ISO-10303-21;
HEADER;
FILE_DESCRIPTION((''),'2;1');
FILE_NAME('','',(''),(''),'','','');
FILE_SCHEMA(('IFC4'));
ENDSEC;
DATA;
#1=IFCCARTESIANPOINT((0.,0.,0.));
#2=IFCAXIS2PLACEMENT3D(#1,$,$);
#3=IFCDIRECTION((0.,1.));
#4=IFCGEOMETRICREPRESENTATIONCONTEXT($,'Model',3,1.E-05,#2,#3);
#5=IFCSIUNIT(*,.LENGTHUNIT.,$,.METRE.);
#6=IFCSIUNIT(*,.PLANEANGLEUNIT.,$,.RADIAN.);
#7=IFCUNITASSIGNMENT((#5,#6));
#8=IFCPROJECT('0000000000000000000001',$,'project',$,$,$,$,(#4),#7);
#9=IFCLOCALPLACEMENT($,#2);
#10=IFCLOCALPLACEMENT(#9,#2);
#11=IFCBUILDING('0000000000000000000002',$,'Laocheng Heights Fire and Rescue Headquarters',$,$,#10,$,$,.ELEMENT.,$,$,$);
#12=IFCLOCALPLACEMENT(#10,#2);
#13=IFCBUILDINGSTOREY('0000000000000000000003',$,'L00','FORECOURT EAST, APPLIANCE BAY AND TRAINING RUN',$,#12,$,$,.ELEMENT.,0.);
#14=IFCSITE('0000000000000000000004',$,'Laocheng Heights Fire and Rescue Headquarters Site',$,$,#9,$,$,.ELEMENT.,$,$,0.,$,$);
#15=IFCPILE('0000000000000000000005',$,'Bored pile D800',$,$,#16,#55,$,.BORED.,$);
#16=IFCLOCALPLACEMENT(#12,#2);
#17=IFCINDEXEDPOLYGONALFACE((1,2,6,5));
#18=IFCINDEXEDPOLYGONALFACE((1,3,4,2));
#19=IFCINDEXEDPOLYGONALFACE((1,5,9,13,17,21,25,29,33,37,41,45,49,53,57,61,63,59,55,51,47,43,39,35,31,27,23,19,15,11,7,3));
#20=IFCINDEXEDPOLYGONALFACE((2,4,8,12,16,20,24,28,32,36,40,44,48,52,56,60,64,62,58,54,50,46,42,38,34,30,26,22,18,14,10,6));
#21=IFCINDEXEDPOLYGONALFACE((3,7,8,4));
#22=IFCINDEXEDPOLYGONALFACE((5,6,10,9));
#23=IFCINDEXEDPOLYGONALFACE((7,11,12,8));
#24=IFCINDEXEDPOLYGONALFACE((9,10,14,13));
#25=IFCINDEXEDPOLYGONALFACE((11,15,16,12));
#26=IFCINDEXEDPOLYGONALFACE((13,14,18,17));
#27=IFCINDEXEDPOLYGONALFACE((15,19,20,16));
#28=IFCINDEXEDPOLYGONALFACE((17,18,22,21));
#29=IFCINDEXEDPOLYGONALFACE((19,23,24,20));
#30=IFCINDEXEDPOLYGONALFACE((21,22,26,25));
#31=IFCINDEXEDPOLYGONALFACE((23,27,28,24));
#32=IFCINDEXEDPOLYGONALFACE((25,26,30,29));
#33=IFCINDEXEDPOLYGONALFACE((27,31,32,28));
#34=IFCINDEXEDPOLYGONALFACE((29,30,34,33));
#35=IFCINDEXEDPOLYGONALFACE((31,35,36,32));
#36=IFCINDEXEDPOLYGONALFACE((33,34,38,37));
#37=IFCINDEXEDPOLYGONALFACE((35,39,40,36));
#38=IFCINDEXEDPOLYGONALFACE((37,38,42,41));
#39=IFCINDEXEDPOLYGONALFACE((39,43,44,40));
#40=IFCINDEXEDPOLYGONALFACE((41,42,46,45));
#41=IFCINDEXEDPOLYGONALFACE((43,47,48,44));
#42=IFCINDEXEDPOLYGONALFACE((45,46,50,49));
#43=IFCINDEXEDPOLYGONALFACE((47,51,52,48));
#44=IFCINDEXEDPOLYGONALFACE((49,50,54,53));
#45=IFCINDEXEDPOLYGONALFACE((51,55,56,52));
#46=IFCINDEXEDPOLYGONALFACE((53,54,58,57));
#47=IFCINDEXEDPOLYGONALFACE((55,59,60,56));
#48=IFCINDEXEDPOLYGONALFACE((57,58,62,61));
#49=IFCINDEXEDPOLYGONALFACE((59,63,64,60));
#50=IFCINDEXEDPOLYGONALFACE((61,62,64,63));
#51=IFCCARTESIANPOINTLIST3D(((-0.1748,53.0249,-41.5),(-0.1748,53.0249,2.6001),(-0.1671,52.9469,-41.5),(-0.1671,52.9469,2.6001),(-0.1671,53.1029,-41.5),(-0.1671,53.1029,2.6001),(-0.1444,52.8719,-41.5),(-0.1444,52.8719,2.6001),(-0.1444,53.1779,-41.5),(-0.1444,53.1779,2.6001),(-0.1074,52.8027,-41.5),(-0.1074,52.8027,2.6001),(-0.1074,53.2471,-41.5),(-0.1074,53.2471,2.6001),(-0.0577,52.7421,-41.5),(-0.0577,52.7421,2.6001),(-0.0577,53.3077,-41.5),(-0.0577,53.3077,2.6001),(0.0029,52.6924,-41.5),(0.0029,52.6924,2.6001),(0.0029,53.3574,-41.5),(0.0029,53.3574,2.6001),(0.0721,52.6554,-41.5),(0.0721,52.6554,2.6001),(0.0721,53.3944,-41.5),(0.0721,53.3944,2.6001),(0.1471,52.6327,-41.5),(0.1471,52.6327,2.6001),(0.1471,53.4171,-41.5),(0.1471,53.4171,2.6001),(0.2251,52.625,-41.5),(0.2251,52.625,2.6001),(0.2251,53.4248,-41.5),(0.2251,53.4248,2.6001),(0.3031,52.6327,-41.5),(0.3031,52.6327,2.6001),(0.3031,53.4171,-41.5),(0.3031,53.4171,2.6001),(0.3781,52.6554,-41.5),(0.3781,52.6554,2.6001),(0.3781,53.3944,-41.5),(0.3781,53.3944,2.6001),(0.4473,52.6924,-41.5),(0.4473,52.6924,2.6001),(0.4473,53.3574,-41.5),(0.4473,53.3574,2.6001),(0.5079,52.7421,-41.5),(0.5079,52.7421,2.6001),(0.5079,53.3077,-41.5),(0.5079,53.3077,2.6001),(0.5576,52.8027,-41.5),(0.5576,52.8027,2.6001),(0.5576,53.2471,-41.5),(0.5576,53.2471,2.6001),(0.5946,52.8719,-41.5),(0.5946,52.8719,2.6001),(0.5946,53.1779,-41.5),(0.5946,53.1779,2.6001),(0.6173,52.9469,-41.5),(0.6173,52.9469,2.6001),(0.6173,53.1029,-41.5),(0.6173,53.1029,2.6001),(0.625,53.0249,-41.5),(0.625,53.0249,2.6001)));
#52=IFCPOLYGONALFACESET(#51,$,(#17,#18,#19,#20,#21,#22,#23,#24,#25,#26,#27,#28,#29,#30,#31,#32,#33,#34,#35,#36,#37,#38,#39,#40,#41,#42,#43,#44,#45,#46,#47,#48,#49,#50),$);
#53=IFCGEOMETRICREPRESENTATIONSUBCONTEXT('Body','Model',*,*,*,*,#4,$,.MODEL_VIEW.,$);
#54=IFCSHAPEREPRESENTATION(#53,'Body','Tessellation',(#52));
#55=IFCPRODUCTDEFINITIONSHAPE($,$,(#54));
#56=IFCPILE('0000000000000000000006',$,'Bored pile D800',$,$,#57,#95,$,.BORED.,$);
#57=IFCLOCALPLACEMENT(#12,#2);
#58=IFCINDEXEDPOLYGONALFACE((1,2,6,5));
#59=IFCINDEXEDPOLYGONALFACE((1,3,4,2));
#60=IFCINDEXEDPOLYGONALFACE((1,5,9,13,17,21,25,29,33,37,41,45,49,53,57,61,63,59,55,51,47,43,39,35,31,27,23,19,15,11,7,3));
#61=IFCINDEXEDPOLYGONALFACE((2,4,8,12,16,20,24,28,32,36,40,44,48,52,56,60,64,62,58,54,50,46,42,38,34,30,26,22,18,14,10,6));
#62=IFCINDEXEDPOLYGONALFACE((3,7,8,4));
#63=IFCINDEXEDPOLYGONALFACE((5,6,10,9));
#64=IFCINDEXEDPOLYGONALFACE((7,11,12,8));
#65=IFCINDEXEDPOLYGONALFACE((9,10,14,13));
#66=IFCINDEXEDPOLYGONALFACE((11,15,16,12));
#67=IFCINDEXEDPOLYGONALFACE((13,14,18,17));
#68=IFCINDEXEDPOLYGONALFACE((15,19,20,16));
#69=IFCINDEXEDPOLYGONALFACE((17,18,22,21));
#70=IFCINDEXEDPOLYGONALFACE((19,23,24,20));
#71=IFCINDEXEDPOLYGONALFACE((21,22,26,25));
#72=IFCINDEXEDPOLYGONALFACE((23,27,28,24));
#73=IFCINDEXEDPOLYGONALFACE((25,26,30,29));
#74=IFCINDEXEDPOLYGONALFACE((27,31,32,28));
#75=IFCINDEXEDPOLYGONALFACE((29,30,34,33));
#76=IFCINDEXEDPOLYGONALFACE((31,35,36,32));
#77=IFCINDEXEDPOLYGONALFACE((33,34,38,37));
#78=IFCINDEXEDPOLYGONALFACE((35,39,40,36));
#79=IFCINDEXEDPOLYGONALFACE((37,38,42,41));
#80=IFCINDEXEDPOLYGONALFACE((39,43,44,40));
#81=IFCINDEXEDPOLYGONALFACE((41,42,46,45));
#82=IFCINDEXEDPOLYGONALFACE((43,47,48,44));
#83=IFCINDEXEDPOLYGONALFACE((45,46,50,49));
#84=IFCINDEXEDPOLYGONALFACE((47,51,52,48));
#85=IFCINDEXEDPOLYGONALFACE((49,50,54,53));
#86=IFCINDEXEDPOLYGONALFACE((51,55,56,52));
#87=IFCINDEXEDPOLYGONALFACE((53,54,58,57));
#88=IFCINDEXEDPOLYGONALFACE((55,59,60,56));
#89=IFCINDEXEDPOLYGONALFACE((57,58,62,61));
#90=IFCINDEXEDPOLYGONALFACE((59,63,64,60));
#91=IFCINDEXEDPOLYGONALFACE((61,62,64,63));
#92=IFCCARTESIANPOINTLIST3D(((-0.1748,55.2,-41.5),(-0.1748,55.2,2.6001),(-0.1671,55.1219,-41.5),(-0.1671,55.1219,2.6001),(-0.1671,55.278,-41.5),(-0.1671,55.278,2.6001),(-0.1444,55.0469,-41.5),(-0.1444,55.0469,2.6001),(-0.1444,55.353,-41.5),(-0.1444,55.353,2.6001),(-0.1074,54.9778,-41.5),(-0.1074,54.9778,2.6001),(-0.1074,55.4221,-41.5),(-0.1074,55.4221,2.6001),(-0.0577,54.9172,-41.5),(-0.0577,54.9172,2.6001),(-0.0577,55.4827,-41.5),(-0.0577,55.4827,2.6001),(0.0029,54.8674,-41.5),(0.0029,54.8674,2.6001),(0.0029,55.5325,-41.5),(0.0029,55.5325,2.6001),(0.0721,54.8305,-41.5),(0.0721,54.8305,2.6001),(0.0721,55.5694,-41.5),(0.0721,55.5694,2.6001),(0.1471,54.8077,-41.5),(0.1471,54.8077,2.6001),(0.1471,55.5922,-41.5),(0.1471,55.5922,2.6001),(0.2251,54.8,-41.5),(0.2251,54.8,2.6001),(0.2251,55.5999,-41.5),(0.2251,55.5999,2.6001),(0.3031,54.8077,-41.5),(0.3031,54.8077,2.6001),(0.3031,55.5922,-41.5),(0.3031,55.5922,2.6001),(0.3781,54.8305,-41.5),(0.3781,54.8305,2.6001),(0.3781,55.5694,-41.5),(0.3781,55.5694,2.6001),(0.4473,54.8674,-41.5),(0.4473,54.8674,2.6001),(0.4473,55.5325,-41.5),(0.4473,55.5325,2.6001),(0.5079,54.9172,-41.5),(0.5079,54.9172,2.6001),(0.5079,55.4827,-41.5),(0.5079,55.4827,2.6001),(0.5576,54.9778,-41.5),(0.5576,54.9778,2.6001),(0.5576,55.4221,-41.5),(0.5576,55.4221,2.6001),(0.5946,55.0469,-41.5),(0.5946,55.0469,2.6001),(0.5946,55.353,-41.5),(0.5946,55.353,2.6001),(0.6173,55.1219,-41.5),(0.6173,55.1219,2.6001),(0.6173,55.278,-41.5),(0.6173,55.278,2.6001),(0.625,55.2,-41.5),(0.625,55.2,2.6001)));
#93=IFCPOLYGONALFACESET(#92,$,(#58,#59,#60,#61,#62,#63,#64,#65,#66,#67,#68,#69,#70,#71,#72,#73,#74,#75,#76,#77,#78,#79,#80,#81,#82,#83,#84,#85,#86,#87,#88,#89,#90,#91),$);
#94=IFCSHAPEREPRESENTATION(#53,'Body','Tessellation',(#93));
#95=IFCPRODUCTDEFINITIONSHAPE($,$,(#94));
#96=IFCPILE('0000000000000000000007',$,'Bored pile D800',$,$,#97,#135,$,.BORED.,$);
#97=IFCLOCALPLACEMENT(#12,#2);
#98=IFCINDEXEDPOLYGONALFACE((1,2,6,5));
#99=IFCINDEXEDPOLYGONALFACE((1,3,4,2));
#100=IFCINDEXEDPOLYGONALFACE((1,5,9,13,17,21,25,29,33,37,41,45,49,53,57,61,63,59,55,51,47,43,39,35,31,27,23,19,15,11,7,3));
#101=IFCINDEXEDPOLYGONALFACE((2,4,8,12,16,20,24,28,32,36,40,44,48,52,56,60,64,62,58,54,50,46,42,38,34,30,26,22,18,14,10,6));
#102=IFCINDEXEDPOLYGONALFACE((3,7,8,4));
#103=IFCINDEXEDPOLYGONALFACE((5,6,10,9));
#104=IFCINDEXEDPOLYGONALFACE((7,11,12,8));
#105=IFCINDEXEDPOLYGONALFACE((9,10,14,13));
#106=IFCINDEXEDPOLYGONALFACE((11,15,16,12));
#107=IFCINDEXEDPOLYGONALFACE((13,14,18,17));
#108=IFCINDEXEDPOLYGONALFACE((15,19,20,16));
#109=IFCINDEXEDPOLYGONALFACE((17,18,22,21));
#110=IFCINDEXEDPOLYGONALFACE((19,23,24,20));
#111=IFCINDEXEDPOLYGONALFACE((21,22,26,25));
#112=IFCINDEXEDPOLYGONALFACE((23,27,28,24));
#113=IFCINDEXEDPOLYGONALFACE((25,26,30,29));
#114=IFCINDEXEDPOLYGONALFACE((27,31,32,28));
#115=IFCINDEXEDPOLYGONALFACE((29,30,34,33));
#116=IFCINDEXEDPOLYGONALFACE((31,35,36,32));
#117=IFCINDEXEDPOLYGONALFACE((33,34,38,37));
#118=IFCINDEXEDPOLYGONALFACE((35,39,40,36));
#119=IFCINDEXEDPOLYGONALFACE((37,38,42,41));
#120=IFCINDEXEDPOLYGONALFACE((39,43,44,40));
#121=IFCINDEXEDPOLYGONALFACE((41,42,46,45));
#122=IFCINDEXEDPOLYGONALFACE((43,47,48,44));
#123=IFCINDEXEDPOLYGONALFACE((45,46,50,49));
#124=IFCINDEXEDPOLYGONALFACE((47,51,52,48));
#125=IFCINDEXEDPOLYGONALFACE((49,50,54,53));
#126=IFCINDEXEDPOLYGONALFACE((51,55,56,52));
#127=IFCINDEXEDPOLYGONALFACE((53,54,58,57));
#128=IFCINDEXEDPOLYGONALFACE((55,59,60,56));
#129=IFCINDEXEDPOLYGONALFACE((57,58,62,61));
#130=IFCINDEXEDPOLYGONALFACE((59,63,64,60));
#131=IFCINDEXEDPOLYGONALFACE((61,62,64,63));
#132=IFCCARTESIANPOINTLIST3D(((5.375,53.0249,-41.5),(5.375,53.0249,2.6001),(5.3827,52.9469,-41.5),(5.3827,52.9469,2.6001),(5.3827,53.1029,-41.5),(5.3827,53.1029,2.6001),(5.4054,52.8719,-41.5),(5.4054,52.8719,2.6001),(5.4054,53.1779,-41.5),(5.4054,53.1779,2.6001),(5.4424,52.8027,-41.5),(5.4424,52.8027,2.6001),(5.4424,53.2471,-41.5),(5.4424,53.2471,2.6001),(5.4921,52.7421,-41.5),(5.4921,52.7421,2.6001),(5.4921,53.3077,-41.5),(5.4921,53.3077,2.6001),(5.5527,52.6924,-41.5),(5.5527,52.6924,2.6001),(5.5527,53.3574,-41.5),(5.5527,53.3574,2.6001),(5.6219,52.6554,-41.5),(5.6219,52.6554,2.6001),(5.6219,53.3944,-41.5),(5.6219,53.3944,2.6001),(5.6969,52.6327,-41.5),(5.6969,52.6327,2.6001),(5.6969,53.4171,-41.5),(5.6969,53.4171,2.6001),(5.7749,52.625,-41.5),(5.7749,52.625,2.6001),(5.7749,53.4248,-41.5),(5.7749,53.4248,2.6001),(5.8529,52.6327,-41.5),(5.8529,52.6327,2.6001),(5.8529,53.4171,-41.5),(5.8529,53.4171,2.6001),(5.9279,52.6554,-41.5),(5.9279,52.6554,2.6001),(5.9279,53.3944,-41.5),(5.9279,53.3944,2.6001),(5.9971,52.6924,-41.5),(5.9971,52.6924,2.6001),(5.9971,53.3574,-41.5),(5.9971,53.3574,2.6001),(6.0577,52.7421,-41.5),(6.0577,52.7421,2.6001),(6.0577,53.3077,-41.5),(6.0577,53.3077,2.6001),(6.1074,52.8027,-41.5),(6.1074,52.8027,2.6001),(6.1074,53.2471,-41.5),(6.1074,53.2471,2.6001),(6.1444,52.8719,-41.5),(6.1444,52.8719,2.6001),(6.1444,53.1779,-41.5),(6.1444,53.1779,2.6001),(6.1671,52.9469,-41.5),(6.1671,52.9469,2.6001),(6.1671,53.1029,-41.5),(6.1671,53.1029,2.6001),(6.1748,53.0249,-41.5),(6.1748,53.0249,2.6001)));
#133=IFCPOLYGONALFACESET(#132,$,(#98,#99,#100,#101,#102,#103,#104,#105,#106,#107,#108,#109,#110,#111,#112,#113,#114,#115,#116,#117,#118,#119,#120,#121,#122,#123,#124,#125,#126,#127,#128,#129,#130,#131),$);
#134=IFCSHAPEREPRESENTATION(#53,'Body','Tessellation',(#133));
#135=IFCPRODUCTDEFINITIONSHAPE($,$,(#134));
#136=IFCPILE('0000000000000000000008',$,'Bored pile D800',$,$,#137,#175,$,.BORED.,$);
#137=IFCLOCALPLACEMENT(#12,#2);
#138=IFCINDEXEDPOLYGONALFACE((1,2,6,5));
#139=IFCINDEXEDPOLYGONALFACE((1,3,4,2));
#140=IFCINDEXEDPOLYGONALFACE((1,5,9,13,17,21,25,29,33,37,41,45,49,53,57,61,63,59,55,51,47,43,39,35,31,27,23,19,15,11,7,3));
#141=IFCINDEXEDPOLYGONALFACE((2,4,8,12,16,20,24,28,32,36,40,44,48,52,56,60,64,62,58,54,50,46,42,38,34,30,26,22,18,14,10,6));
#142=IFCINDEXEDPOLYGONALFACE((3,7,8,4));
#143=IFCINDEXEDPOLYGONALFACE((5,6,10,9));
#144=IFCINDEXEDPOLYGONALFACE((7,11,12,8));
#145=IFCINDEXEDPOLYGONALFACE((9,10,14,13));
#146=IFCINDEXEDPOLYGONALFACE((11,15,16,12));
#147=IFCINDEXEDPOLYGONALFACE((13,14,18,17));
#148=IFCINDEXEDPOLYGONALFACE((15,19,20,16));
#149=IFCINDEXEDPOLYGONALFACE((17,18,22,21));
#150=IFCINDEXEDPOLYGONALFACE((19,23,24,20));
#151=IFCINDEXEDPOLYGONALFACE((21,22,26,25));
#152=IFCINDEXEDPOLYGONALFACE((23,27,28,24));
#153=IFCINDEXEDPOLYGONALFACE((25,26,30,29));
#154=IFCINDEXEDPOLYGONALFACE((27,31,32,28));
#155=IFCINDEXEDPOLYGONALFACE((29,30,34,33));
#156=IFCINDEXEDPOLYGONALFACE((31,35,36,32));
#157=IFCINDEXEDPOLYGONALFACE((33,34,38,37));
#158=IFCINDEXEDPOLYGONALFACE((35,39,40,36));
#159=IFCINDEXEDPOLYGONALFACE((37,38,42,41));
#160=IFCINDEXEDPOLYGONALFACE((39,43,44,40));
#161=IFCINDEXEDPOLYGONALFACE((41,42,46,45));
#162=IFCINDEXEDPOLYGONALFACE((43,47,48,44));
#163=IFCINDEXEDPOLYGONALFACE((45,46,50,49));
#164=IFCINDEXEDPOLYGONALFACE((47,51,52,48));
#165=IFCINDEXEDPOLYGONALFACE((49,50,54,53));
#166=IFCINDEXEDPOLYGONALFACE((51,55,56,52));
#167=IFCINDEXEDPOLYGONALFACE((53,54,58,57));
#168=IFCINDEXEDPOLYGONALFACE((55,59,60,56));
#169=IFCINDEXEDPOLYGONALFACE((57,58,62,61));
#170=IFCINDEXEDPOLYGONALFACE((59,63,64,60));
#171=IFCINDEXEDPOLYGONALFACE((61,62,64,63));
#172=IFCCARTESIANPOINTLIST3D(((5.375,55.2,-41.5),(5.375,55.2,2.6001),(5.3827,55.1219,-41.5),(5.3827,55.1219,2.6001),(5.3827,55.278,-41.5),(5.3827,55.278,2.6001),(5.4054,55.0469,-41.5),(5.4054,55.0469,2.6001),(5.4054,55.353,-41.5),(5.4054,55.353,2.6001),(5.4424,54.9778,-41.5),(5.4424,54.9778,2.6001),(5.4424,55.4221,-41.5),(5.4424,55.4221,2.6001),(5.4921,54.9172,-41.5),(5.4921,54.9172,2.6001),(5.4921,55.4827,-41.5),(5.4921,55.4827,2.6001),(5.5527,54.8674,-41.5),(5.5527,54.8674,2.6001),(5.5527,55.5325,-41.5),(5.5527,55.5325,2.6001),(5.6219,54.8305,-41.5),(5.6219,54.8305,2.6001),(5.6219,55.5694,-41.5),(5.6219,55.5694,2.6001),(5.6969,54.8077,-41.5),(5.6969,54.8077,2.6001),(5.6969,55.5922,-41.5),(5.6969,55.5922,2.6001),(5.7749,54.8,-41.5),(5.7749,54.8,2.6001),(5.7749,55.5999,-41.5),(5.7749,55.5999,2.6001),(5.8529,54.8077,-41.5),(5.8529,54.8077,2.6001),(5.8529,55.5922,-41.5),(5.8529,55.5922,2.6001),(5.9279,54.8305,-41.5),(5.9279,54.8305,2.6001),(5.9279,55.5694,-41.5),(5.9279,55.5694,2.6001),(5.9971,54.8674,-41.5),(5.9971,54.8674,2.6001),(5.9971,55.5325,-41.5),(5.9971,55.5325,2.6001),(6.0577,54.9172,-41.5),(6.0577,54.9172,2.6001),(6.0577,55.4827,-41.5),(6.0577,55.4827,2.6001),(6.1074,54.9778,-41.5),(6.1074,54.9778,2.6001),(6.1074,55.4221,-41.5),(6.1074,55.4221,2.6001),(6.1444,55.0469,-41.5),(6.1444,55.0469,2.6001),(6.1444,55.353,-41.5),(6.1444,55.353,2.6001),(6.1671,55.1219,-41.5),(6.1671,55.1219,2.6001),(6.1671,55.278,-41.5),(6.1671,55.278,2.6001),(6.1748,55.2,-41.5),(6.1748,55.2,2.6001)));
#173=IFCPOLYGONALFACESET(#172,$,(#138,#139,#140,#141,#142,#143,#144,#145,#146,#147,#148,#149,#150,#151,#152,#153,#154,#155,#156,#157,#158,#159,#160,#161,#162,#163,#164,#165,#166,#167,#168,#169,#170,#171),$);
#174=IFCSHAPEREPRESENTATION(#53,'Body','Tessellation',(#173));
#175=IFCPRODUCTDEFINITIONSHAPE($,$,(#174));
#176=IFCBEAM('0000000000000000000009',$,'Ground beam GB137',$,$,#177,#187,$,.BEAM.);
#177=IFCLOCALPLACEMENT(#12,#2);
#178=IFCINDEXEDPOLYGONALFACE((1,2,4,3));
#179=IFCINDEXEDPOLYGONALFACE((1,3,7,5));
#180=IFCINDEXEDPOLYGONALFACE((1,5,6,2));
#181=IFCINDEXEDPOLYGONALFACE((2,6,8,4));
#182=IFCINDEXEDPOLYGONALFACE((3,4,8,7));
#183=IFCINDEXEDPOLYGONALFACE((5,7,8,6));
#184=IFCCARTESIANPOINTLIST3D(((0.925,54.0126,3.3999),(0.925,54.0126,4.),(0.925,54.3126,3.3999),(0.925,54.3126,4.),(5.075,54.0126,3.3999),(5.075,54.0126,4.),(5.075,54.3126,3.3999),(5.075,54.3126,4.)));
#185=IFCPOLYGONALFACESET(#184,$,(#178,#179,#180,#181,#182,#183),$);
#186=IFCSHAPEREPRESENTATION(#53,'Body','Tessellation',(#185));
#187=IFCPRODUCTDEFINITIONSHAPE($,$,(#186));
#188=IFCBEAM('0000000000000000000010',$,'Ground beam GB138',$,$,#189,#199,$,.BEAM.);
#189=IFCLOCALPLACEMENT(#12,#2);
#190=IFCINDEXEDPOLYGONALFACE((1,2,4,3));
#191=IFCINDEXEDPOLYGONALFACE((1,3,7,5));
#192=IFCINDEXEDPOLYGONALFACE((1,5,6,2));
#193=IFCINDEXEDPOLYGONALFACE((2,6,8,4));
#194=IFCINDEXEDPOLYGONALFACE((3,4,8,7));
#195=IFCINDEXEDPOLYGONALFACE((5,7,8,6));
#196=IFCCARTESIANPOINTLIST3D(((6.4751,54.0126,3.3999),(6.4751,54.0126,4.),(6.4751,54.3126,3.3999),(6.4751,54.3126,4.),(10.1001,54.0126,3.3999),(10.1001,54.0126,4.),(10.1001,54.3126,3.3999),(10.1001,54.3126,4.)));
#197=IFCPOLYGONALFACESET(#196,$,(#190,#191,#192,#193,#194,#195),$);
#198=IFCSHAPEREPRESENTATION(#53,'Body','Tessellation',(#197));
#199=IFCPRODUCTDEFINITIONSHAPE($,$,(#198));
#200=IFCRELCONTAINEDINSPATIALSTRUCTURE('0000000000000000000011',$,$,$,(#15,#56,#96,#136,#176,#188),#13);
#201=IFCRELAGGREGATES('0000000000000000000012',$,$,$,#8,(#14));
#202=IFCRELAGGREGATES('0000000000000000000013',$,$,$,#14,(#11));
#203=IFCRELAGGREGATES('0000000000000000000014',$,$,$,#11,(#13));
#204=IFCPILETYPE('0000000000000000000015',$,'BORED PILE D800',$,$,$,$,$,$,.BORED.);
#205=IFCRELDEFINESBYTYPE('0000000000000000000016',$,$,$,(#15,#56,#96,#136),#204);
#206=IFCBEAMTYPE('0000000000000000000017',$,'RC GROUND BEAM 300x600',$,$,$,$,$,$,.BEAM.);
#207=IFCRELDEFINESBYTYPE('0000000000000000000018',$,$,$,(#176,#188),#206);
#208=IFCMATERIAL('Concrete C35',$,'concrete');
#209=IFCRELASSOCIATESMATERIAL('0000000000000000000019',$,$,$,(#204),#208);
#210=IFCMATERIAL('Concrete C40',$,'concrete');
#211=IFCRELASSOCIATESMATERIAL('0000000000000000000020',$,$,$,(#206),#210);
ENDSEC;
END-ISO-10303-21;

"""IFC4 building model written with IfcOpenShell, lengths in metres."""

from ifc_helpers import new_model, si_unit, direction, frame, origin, origin_2d, place, context, subcontext, project, spatial, rectangle, circle, extrude, material, material_profile, profile_set, type_object, element, save


model = new_model("IFC4")

# Units and contexts
model_context = context("Model", 3, precision=1e-05, world=origin(), true_north=direction((0.0, 1.0)))
body_context = subcontext(model_context, "Body", "Model", "MODEL_VIEW")
ifc_project = project(units=[si_unit("LENGTHUNIT", "METRE"), si_unit("PLANEANGLEUNIT", "RADIAN")], contexts=[model_context])

# Site, building, storey
site_placement = place(None, origin())
site = spatial("IfcSite", under=ifc_project, at=site_placement, Name="Laocheng Heights Fire and Rescue Headquarters Site", CompositionType="ELEMENT", RefElevation=0.0)
building_placement = place(site_placement, origin())
building = spatial("IfcBuilding", under=site, at=building_placement, Name="Laocheng Heights Fire and Rescue Headquarters", CompositionType="ELEMENT")
storey_placement = place(building_placement, origin())
storey = spatial("IfcBuildingStorey", under=building, at=storey_placement, Name="L00", Description="FORECOURT EAST, APPLIANCE BAY AND TRAINING RUN", CompositionType="ELEMENT", Elevation=0.0)

# Piles
ifc_material_1 = material(Name="Concrete C35", Category="concrete")
ifc_material_profile_1 = material_profile(ifc_material_1, circle(Radius=0.3999, at=origin_2d()), Name="BORED PILE D800")
ifc_profile_set_1 = profile_set([ifc_material_profile_1], Name="Concrete C35")
pile_type_1 = type_object("IfcPileType", Name="BORED PILE D800", PredefinedType="BORED", material=ifc_profile_set_1)
for number, where, z_axis, x_axis, name in (
    (1, (0.2251, 53.0249, 2.6001), (0.0, 0.0, -1.0), (1.0, 0.0, 0.0), "Bored pile D800"),
    (2, (0.2251, 55.2, 2.6001), (0.0, 0.0, -1.0), (1.0, 0.0, 0.0), "Bored pile D800"),
    (3, (5.7749, 53.0249, 2.6001), (0.0, 0.0, -1.0), (1.0, 0.0, 0.0), "Bored pile D800"),
    (4, (5.7749, 55.2, 2.6001), (0.0, 0.0, -1.0), (1.0, 0.0, 0.0), "Bored pile D800"),
):
    element("IfcPile", number, at=place(storey_placement, frame(where, z_axis=z_axis, x_axis=x_axis)), inside=storey, type_object=pile_type_1, Name=name, PredefinedType="BORED", context=body_context, shape_type="SweptSolid", body=[
        extrude(circle(Radius=0.3999, at=origin_2d()), origin(), (0.0, 0.0, 1.0), 44.1001),
    ])

# Beams
ifc_material_2 = material(Name="Concrete C40", Category="concrete")
ifc_material_profile_2 = material_profile(ifc_material_2, rectangle(XDim=0.3, YDim=0.6001, at=origin_2d()), Name="RC GROUND BEAM 300x600")
ifc_profile_set_2 = profile_set([ifc_material_profile_2], Name="Concrete C40")
beam_type = type_object("IfcBeamType", Name="RC GROUND BEAM 300x600", PredefinedType="BEAM", material=ifc_profile_set_2)
beam_1_placement = place(storey_placement, frame((0.925, 54.1626, 3.7), z_axis=(1.0, 0.0, 0.0), x_axis=(0.0, 1.0, 0.0)))
element("IfcBeam", 5, at=beam_1_placement, inside=storey, type_object=beam_type, Name="Ground beam GB137", PredefinedType="BEAM", context=body_context, shape_type="SweptSolid", body=[
    extrude(rectangle(XDim=0.3, YDim=0.6001, at=origin_2d()), origin(), (0.0, 0.0, 1.0), 4.1499),
])
beam_2_placement = place(storey_placement, frame((6.4751, 54.1626, 3.7), z_axis=(1.0, 0.0, 0.0), x_axis=(0.0, 1.0, 0.0)))
element("IfcBeam", 6, at=beam_2_placement, inside=storey, type_object=beam_type, Name="Ground beam GB138", PredefinedType="BEAM", context=body_context, shape_type="SweptSolid", body=[
    extrude(rectangle(XDim=0.3, YDim=0.6001, at=origin_2d()), origin(), (0.0, 0.0, 1.0), 3.625),
])

save(model, "model.ifc")
